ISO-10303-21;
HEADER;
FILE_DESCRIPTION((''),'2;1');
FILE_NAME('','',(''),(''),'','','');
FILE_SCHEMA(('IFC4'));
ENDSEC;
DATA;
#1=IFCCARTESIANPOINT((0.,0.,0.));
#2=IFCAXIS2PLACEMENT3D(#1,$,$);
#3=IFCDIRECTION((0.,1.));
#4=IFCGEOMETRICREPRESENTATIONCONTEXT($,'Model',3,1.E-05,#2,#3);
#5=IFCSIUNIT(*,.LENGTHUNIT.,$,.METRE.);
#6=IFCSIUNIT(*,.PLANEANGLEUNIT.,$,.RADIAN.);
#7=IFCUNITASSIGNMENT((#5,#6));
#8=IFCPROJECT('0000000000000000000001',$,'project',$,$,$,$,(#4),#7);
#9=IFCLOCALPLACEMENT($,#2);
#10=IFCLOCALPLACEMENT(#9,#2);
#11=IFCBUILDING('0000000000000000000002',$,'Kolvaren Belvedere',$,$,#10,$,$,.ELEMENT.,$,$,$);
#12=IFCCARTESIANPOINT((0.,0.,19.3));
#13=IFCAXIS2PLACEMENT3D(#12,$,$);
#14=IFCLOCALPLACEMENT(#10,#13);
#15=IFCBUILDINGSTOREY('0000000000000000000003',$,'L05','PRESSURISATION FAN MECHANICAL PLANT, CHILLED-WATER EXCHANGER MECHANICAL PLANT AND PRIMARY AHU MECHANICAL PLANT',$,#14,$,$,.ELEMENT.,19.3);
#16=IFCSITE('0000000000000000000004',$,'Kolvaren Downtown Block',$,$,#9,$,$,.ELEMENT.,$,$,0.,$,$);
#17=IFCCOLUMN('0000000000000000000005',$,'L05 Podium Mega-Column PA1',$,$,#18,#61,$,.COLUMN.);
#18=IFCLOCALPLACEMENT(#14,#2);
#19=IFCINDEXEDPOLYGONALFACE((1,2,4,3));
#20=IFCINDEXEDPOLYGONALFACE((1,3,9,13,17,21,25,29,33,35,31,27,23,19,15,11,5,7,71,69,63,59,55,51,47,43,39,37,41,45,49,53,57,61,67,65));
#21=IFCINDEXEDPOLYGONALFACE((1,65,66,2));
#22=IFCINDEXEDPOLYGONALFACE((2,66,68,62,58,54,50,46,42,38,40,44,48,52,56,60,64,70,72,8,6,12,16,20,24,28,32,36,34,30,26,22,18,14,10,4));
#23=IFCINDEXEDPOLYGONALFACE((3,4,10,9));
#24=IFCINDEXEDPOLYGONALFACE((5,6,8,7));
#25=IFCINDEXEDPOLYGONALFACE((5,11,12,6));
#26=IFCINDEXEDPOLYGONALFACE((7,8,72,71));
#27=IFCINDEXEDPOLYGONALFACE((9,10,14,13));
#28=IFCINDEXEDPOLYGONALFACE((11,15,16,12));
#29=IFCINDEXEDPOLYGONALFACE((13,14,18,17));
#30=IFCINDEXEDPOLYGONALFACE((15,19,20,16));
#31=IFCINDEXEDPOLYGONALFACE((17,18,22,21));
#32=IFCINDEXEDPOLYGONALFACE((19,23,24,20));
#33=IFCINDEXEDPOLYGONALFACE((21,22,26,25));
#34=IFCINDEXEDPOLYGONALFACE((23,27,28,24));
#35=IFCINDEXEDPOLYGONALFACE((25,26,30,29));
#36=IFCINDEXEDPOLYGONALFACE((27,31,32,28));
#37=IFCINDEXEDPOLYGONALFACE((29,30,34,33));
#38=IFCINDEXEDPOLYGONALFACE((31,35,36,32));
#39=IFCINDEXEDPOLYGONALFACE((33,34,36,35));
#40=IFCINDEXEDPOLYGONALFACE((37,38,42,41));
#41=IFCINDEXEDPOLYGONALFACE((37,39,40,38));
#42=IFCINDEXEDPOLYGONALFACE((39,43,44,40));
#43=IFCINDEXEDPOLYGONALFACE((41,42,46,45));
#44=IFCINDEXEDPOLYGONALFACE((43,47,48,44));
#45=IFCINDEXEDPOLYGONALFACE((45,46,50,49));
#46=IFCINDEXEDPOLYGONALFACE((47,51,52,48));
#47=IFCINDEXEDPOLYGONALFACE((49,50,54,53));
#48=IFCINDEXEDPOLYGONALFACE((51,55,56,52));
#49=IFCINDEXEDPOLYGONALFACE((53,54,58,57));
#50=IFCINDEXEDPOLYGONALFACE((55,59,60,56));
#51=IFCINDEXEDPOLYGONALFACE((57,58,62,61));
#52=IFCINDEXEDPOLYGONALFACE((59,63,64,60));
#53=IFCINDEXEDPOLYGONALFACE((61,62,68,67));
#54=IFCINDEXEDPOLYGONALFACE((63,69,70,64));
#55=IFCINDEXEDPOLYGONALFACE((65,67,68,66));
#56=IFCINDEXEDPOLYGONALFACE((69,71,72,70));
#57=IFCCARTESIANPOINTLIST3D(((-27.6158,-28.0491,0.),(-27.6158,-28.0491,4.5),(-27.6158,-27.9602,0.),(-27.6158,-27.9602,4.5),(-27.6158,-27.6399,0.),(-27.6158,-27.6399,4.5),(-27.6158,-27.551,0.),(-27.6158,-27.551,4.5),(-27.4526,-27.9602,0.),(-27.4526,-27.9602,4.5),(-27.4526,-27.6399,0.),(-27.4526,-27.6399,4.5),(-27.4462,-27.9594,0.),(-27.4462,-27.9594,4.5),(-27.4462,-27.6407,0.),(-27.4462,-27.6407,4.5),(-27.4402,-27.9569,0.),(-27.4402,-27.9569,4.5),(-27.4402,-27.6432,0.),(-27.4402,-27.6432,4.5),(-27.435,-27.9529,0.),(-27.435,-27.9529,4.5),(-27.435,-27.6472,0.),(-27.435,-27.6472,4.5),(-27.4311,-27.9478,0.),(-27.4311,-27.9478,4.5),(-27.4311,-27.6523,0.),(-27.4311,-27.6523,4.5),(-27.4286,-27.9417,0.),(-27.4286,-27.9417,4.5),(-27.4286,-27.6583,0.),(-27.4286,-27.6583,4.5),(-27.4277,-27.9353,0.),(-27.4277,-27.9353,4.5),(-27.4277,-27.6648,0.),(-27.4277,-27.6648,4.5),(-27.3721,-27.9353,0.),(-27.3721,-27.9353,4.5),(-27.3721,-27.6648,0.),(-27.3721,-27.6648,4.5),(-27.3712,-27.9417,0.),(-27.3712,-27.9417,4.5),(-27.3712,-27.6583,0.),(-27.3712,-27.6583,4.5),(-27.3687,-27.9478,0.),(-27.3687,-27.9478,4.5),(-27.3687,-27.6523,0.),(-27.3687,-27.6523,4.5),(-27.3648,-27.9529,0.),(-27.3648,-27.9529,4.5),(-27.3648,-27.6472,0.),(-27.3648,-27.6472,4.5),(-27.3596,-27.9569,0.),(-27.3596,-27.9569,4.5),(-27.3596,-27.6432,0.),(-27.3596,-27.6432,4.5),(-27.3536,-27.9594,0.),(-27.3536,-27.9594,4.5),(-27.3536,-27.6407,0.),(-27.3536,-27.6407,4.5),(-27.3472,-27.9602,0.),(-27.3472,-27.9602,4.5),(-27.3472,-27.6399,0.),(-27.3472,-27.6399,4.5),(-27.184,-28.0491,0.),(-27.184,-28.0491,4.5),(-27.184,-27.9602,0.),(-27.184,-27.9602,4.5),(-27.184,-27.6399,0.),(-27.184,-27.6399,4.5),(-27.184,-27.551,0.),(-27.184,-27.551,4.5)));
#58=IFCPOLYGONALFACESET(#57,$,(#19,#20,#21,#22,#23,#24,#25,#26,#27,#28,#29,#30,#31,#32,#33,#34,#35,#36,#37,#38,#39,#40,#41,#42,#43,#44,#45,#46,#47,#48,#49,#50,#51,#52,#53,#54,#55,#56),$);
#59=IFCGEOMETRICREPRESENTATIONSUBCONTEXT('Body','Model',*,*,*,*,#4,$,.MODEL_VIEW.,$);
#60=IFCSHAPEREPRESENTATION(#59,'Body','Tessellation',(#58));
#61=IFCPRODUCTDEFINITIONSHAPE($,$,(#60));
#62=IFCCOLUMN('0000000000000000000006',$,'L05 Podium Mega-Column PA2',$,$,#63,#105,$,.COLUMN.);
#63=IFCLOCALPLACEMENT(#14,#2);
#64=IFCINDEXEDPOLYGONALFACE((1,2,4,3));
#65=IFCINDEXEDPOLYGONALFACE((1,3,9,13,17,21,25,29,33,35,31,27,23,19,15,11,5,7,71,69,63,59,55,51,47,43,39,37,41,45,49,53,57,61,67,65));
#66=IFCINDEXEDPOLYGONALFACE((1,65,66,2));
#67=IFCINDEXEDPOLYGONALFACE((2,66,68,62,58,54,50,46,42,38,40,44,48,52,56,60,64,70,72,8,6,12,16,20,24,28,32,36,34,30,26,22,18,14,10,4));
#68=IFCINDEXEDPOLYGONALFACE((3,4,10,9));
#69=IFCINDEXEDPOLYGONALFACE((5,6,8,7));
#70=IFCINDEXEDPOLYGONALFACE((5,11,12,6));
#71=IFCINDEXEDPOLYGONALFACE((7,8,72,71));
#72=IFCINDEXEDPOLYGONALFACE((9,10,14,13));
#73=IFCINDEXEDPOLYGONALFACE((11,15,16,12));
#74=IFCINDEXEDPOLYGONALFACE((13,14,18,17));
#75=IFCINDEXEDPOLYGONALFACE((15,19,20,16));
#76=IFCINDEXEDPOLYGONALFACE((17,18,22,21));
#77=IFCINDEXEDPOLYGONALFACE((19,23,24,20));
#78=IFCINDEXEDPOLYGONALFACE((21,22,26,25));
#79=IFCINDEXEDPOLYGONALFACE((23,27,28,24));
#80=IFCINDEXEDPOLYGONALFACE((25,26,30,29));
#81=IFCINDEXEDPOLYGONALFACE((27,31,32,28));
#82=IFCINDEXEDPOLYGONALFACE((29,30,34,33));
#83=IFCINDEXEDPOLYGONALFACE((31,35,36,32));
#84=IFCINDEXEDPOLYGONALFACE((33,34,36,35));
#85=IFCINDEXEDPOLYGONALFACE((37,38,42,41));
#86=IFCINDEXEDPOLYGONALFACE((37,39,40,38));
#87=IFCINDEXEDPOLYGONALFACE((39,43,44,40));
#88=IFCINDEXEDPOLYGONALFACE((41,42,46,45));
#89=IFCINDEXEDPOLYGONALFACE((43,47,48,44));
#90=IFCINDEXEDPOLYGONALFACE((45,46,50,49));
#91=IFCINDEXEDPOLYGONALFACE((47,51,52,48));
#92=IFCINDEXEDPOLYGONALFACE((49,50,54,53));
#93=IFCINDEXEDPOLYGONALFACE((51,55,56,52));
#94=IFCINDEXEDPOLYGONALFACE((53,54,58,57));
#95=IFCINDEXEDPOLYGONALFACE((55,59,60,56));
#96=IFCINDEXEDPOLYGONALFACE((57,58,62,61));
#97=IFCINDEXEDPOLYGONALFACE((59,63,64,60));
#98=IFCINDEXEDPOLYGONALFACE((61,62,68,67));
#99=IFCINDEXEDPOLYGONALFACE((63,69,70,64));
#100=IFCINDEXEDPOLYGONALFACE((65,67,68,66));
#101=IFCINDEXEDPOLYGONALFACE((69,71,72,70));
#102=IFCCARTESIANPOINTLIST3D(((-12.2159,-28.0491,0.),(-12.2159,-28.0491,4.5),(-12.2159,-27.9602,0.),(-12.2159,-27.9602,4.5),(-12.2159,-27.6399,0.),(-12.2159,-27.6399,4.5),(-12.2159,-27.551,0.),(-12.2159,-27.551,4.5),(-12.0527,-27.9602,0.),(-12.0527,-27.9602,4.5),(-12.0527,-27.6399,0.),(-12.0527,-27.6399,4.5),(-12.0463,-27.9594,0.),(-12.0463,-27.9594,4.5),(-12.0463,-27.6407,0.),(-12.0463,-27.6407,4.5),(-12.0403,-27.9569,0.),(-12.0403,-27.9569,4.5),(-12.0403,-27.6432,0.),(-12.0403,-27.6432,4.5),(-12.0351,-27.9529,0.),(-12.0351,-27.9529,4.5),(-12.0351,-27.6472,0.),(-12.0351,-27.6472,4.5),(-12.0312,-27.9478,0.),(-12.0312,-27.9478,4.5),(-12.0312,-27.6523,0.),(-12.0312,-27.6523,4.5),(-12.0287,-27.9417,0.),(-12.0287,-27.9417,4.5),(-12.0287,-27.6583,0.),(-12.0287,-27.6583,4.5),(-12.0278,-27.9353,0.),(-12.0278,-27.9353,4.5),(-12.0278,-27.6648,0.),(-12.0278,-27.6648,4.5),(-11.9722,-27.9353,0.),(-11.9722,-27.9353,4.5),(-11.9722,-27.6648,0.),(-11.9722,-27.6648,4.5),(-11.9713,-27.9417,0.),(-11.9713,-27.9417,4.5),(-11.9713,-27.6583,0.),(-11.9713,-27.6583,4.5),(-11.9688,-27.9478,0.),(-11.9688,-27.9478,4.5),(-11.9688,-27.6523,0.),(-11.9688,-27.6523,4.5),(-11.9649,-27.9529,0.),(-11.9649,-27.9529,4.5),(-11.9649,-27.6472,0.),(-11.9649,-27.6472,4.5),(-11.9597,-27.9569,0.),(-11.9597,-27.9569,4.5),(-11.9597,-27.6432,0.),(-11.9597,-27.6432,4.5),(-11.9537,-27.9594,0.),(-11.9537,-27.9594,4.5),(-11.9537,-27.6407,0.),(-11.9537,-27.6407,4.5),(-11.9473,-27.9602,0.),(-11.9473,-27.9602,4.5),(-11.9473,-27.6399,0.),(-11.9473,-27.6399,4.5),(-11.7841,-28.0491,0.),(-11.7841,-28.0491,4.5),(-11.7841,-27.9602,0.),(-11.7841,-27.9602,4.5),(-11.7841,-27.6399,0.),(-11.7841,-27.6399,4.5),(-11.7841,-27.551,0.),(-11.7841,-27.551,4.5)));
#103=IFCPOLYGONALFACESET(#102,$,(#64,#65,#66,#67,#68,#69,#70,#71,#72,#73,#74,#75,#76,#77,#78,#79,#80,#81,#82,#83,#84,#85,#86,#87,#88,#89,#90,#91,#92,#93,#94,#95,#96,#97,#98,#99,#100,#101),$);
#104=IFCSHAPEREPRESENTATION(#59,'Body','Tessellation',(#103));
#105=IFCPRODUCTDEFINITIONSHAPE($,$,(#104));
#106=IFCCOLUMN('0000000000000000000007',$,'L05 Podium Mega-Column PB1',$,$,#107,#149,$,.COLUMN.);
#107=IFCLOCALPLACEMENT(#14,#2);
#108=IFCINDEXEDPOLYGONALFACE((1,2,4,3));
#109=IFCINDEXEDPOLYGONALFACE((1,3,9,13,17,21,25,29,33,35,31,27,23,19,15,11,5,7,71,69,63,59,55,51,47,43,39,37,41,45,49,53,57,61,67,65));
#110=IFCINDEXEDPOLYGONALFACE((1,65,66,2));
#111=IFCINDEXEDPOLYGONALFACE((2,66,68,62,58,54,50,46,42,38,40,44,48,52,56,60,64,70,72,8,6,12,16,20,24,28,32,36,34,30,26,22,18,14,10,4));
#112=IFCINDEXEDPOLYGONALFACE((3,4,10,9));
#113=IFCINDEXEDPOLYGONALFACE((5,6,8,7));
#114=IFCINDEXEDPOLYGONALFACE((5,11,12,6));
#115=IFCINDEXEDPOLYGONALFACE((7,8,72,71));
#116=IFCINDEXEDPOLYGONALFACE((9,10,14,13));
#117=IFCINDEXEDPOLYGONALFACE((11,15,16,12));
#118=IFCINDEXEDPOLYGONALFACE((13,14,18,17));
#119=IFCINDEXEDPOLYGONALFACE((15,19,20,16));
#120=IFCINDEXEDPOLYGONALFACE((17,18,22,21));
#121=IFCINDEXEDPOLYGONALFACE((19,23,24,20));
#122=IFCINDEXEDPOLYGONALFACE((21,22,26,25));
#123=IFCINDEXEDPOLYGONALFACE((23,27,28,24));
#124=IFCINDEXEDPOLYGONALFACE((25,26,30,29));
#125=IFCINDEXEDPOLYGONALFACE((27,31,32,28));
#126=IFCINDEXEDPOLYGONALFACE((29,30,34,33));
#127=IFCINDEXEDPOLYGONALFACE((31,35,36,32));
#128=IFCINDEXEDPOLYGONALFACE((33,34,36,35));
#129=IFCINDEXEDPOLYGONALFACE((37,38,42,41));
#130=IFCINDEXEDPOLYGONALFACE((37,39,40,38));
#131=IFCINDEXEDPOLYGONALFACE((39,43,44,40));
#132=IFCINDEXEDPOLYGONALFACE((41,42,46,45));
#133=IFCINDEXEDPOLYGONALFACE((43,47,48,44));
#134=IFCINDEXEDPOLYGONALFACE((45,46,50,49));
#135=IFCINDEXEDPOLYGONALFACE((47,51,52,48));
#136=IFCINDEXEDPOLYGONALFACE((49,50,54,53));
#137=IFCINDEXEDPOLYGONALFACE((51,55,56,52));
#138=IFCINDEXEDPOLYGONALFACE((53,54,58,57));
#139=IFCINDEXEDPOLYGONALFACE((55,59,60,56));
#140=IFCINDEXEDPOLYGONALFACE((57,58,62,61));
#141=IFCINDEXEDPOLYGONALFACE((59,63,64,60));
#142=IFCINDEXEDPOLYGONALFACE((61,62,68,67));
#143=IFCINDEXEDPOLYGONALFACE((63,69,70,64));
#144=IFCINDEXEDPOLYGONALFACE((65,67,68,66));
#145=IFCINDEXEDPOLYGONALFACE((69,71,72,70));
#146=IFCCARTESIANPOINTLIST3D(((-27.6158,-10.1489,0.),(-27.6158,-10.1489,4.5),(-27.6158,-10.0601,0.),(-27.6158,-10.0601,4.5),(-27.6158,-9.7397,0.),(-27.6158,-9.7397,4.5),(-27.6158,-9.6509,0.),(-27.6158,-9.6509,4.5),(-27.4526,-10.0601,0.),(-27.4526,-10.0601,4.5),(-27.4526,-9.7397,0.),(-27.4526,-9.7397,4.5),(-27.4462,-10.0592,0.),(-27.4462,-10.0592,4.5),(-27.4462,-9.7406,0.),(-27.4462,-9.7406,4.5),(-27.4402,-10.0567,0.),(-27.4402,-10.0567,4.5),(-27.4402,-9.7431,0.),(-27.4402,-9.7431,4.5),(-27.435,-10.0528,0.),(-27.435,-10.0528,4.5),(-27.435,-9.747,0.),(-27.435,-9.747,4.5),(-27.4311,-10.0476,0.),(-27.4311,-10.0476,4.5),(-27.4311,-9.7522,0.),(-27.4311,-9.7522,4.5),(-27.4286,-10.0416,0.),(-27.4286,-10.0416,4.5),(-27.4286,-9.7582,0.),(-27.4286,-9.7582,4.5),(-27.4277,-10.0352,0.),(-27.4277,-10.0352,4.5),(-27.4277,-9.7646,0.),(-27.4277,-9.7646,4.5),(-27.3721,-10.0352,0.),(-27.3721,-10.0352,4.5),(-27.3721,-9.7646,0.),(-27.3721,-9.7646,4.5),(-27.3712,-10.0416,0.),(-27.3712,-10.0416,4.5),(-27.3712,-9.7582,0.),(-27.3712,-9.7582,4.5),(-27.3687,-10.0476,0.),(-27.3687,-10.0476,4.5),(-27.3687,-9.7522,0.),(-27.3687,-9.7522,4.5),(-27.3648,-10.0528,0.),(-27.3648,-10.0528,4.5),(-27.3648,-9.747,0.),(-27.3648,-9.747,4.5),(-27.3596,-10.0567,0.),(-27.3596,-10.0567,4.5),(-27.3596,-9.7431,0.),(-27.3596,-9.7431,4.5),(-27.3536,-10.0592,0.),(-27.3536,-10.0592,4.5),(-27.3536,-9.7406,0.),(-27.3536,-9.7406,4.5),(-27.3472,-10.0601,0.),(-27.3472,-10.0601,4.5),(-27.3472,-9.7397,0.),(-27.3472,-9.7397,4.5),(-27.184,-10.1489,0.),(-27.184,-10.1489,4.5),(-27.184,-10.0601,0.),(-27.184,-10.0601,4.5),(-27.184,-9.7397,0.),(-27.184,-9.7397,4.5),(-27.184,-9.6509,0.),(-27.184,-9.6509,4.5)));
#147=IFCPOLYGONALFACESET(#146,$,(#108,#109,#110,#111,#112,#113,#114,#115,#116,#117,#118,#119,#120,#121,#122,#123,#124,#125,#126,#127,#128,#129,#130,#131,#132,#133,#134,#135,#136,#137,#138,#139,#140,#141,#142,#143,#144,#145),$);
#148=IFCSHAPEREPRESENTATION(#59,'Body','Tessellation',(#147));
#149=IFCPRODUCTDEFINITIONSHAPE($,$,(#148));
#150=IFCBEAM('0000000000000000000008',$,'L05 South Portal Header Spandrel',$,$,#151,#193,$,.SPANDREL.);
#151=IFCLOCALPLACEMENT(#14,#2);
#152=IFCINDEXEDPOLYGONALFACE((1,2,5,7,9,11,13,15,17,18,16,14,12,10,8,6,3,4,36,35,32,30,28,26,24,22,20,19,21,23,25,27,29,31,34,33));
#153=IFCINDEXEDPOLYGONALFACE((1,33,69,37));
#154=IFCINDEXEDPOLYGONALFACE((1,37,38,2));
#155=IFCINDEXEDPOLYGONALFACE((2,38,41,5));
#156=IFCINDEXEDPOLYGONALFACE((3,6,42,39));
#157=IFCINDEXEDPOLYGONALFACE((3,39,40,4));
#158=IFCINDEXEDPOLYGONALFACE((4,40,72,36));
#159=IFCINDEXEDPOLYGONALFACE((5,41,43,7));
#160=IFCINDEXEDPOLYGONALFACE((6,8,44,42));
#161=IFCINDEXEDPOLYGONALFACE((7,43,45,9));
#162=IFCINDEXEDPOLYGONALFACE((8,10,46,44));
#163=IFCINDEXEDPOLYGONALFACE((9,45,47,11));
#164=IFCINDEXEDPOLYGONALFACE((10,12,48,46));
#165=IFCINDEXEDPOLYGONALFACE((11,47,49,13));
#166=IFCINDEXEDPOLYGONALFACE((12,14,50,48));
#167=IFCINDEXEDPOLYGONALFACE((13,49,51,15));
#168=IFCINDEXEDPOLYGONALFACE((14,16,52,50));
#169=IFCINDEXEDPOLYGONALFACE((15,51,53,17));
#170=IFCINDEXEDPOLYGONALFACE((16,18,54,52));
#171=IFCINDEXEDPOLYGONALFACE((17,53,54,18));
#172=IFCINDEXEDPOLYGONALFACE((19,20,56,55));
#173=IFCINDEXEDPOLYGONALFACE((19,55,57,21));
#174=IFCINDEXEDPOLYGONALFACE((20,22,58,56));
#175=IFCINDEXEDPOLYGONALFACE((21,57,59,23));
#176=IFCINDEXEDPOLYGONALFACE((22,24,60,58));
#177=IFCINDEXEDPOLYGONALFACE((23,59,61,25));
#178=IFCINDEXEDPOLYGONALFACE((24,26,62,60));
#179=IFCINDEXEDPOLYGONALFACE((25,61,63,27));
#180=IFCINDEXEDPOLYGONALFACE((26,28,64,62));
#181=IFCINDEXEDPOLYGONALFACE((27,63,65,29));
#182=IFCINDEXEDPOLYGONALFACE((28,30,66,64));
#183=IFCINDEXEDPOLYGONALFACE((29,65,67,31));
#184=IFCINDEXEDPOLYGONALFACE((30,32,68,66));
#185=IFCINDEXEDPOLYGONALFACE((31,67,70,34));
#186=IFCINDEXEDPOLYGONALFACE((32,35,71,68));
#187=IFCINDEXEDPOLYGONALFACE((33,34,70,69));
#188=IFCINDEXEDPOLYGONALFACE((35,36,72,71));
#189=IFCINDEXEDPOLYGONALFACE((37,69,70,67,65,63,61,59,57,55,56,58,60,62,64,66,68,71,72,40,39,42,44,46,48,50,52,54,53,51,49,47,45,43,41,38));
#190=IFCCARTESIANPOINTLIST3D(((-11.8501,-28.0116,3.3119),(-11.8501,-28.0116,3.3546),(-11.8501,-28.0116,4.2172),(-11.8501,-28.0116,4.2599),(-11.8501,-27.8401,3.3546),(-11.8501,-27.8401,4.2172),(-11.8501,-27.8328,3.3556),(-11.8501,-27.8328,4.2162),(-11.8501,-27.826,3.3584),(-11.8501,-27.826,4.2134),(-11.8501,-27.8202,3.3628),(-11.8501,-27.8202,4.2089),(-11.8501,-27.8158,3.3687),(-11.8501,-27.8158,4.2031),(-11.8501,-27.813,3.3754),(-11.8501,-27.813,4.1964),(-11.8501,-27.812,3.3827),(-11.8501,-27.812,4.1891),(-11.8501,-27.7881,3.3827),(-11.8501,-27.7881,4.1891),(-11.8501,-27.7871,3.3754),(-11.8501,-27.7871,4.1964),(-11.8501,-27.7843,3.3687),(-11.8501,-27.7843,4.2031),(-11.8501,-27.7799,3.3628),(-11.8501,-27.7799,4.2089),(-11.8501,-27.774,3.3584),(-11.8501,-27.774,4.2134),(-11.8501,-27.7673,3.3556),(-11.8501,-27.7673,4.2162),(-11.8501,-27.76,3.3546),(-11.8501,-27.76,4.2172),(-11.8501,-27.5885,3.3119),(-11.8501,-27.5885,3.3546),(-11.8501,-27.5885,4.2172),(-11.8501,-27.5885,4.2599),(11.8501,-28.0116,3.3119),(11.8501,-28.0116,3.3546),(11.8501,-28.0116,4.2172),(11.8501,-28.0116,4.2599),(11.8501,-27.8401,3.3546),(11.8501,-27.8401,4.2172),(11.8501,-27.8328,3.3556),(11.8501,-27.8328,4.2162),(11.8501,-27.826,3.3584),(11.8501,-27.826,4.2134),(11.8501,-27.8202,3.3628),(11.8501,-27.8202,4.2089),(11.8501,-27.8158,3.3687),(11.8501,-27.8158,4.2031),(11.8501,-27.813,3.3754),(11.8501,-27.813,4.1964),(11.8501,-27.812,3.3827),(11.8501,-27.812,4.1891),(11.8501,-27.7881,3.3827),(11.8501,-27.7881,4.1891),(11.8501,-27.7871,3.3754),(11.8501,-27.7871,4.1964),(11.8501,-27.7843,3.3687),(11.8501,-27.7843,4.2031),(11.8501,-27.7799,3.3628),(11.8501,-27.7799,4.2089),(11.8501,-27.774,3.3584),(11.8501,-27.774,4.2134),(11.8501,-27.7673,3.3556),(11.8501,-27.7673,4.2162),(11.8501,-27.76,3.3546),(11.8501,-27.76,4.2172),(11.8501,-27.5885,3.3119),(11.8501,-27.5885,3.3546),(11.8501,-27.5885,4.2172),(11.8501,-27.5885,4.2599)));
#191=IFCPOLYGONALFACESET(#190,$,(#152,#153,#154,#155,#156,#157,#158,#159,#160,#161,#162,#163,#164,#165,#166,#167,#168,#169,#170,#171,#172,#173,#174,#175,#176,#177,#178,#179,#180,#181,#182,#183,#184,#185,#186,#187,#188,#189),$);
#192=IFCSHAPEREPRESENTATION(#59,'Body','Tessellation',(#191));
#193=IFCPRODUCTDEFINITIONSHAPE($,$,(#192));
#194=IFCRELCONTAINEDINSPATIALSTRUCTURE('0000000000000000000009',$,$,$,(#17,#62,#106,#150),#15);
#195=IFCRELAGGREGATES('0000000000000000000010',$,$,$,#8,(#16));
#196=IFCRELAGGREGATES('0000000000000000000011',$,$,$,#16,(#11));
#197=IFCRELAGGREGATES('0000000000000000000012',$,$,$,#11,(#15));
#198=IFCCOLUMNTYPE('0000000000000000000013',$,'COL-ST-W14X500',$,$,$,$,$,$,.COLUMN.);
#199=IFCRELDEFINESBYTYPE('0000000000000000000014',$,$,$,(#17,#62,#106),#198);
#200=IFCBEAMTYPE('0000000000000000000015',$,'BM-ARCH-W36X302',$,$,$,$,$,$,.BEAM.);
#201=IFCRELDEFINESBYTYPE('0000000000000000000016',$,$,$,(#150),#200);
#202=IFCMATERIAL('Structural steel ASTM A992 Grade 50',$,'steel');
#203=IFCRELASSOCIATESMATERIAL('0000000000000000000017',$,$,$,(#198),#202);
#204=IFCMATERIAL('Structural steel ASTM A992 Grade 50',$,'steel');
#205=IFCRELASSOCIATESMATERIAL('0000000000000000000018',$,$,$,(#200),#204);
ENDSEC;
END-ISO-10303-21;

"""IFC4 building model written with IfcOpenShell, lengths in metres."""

from ifc_helpers import new_model, si_unit, direction, frame, origin, origin_2d, place, context, subcontext, project, spatial, i_section, extrude, material, material_profile, profile_set, type_object, element, save


model = new_model("IFC4")

# Units and contexts
model_context = context("Model", 3, precision=1e-05, world=origin(), true_north=direction((0.0, 1.0)))
body_context = subcontext(model_context, "Body", "Model", "MODEL_VIEW")
ifc_project = project(units=[si_unit("LENGTHUNIT", "METRE"), si_unit("PLANEANGLEUNIT", "RADIAN")], contexts=[model_context])

# Site, building, storey
site_placement = place(None, origin())
site = spatial("IfcSite", under=ifc_project, at=site_placement, Name="Kolvaren Downtown Block", CompositionType="ELEMENT", RefElevation=0.0)
building_placement = place(site_placement, origin())
building = spatial("IfcBuilding", under=site, at=building_placement, Name="Kolvaren Belvedere", CompositionType="ELEMENT")
storey_placement = place(building_placement, frame((0.0, 0.0, 19.3)))
storey = spatial("IfcBuildingStorey", under=building, at=storey_placement, Name="L05", Description="PRESSURISATION FAN MECHANICAL PLANT, CHILLED-WATER EXCHANGER MECHANICAL PLANT AND PRIMARY AHU MECHANICAL PLANT", CompositionType="ELEMENT", Elevation=19.3)

# Columns
ifc_material_1 = material(Name="Structural steel ASTM A992 Grade 50", Category="steel")
ifc_material_profile_1 = material_profile(ifc_material_1, i_section(OverallWidth=0.4319, OverallDepth=0.498, WebThickness=0.0557, FlangeThickness=0.0889, FilletRadius=0.0249, at=origin_2d()), Name="W14X500")
ifc_profile_set_1 = profile_set([ifc_material_profile_1], Name="Structural steel ASTM A992 Grade 50")
column_type = type_object("IfcColumnType", Name="COL-ST-W14X500", PredefinedType="COLUMN", material=ifc_profile_set_1)
for number, where, z_axis, x_axis, name in (
    (1, (-27.3999, -27.8, 0.0), (0.0, 0.0, 1.0), (1.0, 0.0, 0.0), "L05 Podium Mega-Column PA1"),
    (2, (-12.0, -27.8, 0.0), (0.0, 0.0, 1.0), (1.0, 0.0, 0.0), "L05 Podium Mega-Column PA2"),
    (3, (-27.3999, -9.8999, 0.0), (0.0, 0.0, 1.0), (1.0, 0.0, 0.0), "L05 Podium Mega-Column PB1"),
):
    element("IfcColumn", number, at=place(storey_placement, frame(where, z_axis=z_axis, x_axis=x_axis)), inside=storey, type_object=column_type, Name=name, PredefinedType="COLUMN", context=body_context, shape_type="SweptSolid", body=[
        extrude(i_section(OverallWidth=0.4319, OverallDepth=0.498, WebThickness=0.0557, FlangeThickness=0.0889, FilletRadius=0.0249, at=origin_2d()), origin(), (0.0, 0.0, 1.0), 4.5),
    ])

# Beam
ifc_material_2 = material(Name="Structural steel ASTM A992 Grade 50", Category="steel")
ifc_material_profile_2 = material_profile(ifc_material_2, i_section(OverallWidth=0.4231, OverallDepth=0.948, WebThickness=0.0239, FlangeThickness=0.0427, FilletRadius=0.0281, at=origin_2d()), Name="W36X302")
ifc_profile_set_2 = profile_set([ifc_material_profile_2], Name="Structural steel ASTM A992 Grade 50")
beam_type_1 = type_object("IfcBeamType", Name="BM-ARCH-W36X302", PredefinedType="BEAM", material=ifc_profile_set_2)
beam_1_placement = place(storey_placement, frame((-11.8501, -27.8, 3.7859), z_axis=(1.0, 0.0, 0.0), x_axis=(0.0, 1.0, 0.0)))
element("IfcBeam", 4, at=beam_1_placement, inside=storey, type_object=beam_type_1, Name="L05 South Portal Header Spandrel", PredefinedType="SPANDREL", context=body_context, shape_type="SweptSolid", body=[
    extrude(i_section(OverallWidth=0.4231, OverallDepth=0.948, WebThickness=0.0239, FlangeThickness=0.0427, FilletRadius=0.0281, at=origin_2d()), origin(), (0.0, 0.0, 1.0), 23.7002),
])

save(model, "model.ifc")
